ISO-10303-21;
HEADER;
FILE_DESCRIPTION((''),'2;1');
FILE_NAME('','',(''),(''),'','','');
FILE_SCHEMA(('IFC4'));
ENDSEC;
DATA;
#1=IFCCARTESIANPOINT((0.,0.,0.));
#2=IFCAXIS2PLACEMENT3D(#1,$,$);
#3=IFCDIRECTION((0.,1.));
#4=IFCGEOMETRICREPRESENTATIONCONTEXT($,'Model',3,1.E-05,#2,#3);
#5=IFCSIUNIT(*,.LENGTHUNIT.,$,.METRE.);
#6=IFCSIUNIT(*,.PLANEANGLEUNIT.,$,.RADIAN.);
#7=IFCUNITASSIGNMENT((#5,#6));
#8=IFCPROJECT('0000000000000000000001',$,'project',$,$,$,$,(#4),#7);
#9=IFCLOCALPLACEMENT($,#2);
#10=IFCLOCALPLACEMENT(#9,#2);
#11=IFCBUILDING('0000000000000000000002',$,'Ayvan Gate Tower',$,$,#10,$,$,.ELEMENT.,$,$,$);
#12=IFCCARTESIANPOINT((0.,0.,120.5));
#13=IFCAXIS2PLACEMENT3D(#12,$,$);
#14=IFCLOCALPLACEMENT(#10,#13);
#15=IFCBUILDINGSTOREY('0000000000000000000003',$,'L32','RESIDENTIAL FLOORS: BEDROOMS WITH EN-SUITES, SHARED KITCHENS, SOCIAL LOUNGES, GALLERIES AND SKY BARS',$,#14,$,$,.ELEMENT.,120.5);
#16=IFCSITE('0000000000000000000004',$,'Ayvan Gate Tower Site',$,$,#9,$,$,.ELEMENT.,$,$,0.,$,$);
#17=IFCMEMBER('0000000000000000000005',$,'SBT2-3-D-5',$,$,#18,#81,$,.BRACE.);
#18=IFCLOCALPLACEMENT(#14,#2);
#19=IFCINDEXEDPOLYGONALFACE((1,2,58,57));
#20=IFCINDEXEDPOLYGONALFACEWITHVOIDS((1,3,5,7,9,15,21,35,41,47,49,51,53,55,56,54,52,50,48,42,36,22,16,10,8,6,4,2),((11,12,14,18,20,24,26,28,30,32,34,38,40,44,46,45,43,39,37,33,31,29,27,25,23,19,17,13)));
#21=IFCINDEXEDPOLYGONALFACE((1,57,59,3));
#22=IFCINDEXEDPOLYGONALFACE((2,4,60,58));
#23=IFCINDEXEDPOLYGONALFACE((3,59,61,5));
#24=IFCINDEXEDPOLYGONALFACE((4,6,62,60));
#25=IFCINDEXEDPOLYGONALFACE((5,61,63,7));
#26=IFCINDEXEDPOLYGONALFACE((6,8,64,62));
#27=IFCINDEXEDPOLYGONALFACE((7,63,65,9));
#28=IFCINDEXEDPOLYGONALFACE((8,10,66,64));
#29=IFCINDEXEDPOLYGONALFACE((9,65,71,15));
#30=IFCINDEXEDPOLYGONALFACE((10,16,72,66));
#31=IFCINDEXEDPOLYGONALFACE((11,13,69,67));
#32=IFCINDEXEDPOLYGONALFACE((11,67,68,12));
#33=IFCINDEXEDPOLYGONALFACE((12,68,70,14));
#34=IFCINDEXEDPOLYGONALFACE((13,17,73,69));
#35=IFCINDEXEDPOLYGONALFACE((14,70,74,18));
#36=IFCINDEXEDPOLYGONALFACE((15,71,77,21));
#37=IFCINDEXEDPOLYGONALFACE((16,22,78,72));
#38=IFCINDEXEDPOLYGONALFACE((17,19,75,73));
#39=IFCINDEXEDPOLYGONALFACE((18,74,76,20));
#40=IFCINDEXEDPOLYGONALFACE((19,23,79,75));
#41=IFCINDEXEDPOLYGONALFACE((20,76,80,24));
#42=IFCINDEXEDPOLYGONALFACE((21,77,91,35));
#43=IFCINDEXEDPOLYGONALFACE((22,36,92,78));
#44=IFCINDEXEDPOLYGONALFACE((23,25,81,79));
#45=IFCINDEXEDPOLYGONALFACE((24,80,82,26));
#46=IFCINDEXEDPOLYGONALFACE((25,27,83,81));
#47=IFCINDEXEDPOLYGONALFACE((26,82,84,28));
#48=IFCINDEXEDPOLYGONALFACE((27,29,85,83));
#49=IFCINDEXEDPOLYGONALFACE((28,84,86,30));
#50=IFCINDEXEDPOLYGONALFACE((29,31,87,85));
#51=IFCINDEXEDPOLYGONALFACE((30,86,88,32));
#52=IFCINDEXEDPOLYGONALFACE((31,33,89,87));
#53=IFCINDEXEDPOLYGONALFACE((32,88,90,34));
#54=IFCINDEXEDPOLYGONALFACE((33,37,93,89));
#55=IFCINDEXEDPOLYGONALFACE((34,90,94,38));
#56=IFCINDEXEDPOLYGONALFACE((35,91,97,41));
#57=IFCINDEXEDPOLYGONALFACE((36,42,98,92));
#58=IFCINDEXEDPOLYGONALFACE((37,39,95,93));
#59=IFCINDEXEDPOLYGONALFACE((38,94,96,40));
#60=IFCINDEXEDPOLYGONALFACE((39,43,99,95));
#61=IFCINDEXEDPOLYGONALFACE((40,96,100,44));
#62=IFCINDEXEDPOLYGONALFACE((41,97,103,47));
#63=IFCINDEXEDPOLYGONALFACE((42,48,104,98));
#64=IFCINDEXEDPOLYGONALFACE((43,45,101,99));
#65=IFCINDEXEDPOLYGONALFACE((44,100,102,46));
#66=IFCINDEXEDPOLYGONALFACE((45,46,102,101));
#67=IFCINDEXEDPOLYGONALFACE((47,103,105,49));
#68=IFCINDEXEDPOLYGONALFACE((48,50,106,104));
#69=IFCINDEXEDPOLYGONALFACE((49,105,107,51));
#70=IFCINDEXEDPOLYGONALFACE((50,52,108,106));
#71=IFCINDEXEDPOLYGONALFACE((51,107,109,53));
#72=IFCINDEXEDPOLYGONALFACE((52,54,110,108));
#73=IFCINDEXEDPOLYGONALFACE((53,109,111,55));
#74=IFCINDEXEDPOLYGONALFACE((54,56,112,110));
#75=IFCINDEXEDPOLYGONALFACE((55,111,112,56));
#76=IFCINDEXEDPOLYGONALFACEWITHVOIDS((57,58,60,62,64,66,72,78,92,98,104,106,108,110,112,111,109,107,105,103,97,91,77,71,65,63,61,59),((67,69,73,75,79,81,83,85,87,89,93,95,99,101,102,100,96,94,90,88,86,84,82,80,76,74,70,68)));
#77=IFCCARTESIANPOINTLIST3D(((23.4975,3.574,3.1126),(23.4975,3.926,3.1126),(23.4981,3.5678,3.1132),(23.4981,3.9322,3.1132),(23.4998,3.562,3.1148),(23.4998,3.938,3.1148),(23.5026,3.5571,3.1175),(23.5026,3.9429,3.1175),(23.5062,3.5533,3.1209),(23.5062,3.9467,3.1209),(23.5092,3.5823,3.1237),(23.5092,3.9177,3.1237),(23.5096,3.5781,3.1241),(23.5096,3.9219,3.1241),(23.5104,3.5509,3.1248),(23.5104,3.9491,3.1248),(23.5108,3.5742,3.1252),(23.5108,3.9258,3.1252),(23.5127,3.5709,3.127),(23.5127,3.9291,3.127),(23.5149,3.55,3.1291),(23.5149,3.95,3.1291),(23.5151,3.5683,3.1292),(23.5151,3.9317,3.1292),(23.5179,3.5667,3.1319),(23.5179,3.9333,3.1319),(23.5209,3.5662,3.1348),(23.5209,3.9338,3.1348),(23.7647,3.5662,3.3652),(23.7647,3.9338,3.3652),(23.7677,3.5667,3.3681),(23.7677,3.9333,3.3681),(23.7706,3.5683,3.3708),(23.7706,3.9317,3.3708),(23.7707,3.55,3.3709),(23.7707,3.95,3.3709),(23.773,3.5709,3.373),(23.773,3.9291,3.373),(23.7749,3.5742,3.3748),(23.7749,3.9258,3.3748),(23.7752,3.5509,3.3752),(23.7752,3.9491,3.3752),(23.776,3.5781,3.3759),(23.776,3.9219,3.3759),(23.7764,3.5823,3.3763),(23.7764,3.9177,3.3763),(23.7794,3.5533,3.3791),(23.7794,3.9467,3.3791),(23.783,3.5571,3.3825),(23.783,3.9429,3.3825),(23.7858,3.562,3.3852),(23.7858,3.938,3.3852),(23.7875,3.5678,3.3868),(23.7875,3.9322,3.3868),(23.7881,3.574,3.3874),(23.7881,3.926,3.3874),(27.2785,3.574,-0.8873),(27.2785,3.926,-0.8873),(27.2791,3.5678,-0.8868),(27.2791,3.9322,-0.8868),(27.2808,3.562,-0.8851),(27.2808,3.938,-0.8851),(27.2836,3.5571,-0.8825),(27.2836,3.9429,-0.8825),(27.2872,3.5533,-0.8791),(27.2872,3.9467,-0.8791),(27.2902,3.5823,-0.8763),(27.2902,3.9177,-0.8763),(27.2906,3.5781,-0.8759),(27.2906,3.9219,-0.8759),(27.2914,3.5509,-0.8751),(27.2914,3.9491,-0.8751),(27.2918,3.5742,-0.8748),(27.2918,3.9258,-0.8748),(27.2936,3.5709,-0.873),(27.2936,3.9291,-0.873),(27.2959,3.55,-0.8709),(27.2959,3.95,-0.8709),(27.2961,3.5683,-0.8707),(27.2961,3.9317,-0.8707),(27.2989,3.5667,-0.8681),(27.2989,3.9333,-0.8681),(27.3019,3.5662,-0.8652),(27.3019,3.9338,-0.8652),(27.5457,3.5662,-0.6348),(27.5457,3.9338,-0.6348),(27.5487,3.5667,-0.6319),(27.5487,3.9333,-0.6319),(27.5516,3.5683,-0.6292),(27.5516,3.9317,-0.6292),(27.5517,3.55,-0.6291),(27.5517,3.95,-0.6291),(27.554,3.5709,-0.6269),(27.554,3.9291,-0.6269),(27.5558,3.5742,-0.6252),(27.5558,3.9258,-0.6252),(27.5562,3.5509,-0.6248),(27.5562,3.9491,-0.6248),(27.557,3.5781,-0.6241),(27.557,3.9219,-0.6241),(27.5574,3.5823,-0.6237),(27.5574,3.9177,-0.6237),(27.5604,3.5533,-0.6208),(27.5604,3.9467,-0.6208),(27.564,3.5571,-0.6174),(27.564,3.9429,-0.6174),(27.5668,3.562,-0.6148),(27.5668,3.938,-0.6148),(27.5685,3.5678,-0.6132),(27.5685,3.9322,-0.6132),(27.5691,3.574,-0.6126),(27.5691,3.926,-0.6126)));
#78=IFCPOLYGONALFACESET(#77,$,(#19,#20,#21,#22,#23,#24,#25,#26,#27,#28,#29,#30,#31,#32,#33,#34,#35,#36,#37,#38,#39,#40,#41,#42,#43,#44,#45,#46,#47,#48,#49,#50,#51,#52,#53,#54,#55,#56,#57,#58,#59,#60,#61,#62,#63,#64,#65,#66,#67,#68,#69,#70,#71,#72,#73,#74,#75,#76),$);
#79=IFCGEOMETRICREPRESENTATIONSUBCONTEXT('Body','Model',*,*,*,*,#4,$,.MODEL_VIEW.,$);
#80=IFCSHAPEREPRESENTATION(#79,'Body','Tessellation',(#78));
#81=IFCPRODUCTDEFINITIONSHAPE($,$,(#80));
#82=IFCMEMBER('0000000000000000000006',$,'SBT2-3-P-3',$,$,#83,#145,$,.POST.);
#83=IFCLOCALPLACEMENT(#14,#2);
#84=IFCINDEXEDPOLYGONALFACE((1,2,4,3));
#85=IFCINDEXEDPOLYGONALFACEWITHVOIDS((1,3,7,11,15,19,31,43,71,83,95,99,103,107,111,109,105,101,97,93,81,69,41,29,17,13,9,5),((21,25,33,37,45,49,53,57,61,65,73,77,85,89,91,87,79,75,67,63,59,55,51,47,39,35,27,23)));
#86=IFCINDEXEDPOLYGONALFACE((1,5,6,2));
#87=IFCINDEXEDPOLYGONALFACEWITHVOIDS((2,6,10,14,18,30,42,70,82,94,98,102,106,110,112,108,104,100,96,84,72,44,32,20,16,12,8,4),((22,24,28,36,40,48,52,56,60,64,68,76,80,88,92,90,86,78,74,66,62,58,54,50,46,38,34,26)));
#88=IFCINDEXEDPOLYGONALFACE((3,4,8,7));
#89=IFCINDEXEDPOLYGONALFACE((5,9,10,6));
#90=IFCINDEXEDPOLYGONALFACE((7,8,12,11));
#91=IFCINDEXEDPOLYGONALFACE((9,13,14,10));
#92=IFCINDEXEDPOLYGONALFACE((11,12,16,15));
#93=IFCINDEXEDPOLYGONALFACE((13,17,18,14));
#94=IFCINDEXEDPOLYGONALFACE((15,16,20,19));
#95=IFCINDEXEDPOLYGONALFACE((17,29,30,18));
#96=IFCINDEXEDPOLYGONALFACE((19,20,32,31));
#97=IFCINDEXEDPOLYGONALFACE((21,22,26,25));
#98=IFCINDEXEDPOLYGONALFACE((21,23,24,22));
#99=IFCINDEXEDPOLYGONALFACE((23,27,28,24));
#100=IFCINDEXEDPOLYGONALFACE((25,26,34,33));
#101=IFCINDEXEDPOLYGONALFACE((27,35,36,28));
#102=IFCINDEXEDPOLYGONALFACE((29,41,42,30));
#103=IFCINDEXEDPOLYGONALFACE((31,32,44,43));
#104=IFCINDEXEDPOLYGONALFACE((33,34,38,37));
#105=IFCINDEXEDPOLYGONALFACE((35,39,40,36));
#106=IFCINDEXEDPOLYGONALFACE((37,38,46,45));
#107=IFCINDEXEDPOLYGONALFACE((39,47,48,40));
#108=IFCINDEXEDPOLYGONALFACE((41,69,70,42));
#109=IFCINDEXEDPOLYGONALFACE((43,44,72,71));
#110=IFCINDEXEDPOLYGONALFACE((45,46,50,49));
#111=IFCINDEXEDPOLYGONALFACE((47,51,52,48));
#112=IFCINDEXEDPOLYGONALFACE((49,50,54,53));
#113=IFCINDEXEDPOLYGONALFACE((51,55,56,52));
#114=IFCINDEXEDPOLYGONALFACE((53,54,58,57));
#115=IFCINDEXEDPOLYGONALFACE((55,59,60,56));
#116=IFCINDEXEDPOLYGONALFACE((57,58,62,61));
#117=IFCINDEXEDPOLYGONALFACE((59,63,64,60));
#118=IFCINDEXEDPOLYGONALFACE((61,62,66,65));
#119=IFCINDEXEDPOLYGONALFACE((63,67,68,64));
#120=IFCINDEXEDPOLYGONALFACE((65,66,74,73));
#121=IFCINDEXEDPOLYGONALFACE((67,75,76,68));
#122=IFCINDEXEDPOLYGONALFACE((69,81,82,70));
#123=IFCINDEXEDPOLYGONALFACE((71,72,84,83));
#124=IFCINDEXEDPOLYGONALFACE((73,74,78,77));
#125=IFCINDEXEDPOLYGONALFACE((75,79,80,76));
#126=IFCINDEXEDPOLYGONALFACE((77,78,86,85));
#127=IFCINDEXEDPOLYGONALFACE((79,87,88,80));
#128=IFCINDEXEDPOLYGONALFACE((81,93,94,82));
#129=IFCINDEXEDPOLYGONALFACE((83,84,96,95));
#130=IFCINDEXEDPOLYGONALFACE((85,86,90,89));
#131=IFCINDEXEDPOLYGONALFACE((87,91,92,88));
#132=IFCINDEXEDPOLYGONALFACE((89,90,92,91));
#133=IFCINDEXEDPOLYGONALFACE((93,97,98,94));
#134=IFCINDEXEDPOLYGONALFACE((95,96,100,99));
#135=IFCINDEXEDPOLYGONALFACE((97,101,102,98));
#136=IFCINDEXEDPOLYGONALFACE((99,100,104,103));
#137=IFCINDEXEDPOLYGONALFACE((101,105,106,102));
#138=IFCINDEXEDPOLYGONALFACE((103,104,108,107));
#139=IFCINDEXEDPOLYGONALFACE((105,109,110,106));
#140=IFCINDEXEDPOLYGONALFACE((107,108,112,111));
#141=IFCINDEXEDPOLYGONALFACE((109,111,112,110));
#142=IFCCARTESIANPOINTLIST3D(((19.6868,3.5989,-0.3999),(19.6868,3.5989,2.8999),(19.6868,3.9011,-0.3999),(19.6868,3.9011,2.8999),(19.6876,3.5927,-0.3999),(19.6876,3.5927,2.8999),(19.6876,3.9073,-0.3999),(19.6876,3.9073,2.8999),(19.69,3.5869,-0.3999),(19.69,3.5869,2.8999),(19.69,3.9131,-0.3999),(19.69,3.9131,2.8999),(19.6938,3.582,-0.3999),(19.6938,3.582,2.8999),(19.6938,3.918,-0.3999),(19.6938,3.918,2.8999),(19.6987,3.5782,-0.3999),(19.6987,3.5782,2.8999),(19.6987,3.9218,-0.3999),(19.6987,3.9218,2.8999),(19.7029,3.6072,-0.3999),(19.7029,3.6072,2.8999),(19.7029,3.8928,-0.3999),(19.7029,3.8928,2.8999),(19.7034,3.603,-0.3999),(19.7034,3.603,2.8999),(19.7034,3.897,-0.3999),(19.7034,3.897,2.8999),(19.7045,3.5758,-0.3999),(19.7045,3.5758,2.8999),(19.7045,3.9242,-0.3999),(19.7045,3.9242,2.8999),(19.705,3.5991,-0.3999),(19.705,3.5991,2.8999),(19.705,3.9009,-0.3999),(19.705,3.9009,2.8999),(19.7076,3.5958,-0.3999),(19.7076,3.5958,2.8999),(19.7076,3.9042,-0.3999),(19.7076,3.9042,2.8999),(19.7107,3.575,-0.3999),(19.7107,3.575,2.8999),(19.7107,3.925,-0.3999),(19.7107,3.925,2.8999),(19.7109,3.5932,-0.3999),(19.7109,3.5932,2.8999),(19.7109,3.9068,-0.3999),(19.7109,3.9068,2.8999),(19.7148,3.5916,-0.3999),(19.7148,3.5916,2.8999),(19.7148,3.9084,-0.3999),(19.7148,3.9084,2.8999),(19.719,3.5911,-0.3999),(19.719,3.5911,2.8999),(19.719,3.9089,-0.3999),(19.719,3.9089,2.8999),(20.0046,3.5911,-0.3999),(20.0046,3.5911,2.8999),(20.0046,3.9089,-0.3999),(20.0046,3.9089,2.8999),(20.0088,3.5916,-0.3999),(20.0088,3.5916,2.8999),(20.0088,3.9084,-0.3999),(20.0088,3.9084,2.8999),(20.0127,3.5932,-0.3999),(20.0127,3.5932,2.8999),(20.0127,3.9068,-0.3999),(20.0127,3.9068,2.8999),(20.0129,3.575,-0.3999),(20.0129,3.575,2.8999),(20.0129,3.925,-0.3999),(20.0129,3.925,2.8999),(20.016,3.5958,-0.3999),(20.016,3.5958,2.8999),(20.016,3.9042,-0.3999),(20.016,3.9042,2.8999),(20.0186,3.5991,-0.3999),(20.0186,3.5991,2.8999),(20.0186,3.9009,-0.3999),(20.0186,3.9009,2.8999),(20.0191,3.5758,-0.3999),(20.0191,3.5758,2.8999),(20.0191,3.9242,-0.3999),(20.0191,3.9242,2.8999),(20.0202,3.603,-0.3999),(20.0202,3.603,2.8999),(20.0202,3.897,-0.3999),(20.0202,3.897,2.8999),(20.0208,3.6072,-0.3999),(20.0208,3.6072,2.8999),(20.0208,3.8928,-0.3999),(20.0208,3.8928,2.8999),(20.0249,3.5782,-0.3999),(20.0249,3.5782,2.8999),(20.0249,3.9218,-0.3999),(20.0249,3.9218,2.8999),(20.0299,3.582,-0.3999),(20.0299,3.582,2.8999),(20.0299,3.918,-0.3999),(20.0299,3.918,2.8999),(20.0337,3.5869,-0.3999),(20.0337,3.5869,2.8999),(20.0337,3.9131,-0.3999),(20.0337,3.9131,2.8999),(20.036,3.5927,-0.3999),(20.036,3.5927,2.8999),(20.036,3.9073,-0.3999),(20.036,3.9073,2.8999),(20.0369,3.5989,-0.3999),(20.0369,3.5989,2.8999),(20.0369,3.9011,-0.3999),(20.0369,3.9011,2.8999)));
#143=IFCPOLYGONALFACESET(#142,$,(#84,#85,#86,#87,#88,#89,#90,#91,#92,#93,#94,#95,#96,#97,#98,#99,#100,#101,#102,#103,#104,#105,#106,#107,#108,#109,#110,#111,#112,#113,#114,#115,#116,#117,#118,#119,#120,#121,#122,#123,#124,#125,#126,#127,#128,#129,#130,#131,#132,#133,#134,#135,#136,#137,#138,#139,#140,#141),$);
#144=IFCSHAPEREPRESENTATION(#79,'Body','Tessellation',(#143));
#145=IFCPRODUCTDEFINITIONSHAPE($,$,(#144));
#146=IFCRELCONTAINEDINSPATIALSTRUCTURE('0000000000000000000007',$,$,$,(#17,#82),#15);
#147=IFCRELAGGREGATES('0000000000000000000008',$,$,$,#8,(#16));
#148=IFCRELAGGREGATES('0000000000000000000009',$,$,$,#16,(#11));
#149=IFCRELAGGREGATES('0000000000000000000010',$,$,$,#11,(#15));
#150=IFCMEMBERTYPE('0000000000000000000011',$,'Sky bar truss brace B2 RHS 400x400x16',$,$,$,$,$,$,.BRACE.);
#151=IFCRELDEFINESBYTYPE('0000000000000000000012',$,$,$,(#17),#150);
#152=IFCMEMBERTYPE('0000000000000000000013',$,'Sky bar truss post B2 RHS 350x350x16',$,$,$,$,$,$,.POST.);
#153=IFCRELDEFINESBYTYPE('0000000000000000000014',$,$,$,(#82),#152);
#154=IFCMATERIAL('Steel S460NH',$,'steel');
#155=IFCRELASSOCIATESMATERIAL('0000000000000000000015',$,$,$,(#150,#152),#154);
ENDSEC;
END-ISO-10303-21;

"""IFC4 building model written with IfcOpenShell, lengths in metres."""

from ifc_helpers import new_model, si_unit, direction, frame, origin, origin_2d, place, context, subcontext, project, spatial, hollow_rectangle, extrude, material, material_profile, profile_set, type_object, element, save


model = new_model("IFC4")

# Units and contexts
model_context = context("Model", 3, precision=1e-05, world=origin(), true_north=direction((0.0, 1.0)))
body_context = subcontext(model_context, "Body", "Model", "MODEL_VIEW")
ifc_project = project(units=[si_unit("LENGTHUNIT", "METRE"), si_unit("PLANEANGLEUNIT", "RADIAN")], contexts=[model_context])

# Site, building, storey
site_placement = place(None, origin())
site = spatial("IfcSite", under=ifc_project, at=site_placement, Name="Ayvan Gate Tower Site", CompositionType="ELEMENT", RefElevation=0.0)
building_placement = place(site_placement, origin())
building = spatial("IfcBuilding", under=site, at=building_placement, Name="Ayvan Gate Tower", CompositionType="ELEMENT")
storey_placement = place(building_placement, frame((0.0, 0.0, 120.5)))
storey = spatial("IfcBuildingStorey", under=building, at=storey_placement, Name="L32", Description="RESIDENTIAL FLOORS: BEDROOMS WITH EN-SUITES, SHARED KITCHENS, SOCIAL LOUNGES, GALLERIES AND SKY BARS", CompositionType="ELEMENT", Elevation=120.5)

# Members
ifc_material_1 = material(Name="Steel S460NH", Category="steel")
ifc_material_profile_1 = material_profile(ifc_material_1, hollow_rectangle(XDim=0.3999, YDim=0.3999, WallThickness=0.0161, InnerFilletRadius=0.0161, OuterFilletRadius=0.0239, at=origin_2d()), Name="RHS 400x400x16")
ifc_profile_set_1 = profile_set([ifc_material_profile_1], Name="Steel S460NH")
member_type_1 = type_object("IfcMemberType", Name="Sky bar truss brace B2 RHS 400x400x16", PredefinedType="BRACE", material=ifc_profile_set_1)
for number, where, z_axis, x_axis, name in (
    (1, (23.6428, 3.75, 3.25), (0.686933, 0.0, -0.72672), (0.0, 1.0, 0.0), "SBT2-3-D-5"),
):
    element("IfcMember", number, at=place(storey_placement, frame(where, z_axis=z_axis, x_axis=x_axis)), inside=storey, type_object=member_type_1, Name=name, PredefinedType="BRACE", context=body_context, shape_type="SweptSolid", body=[
        extrude(hollow_rectangle(XDim=0.3999, YDim=0.3999, WallThickness=0.0161, InnerFilletRadius=0.0161, OuterFilletRadius=0.0239, at=origin_2d()), origin(), (0.0, 0.0, 1.0), 5.5042),
    ])
ifc_material_profile_2 = material_profile(ifc_material_1, hollow_rectangle(XDim=0.3501, YDim=0.3501, WallThickness=0.0161, InnerFilletRadius=0.0161, OuterFilletRadius=0.0239, at=origin_2d()), Name="RHS 350x350x16")
ifc_profile_set_2 = profile_set([ifc_material_profile_2], Name="Steel S460NH")
member_type_2 = type_object("IfcMemberType", Name="Sky bar truss post B2 RHS 350x350x16", PredefinedType="POST", material=ifc_profile_set_2)
for number, where, z_axis, x_axis, name in (
    (2, (19.8618, 3.75, -0.3999), (0.0, 0.0, 1.0), (1.0, 0.0, 0.0), "SBT2-3-P-3"),
):
    element("IfcMember", number, at=place(storey_placement, frame(where, z_axis=z_axis, x_axis=x_axis)), inside=storey, type_object=member_type_2, Name=name, PredefinedType="POST", context=body_context, shape_type="SweptSolid", body=[
        extrude(hollow_rectangle(XDim=0.3501, YDim=0.3501, WallThickness=0.0161, InnerFilletRadius=0.0161, OuterFilletRadius=0.0239, at=origin_2d()), origin(), (0.0, 0.0, 1.0), 3.2998),
    ])

save(model, "model.ifc")
